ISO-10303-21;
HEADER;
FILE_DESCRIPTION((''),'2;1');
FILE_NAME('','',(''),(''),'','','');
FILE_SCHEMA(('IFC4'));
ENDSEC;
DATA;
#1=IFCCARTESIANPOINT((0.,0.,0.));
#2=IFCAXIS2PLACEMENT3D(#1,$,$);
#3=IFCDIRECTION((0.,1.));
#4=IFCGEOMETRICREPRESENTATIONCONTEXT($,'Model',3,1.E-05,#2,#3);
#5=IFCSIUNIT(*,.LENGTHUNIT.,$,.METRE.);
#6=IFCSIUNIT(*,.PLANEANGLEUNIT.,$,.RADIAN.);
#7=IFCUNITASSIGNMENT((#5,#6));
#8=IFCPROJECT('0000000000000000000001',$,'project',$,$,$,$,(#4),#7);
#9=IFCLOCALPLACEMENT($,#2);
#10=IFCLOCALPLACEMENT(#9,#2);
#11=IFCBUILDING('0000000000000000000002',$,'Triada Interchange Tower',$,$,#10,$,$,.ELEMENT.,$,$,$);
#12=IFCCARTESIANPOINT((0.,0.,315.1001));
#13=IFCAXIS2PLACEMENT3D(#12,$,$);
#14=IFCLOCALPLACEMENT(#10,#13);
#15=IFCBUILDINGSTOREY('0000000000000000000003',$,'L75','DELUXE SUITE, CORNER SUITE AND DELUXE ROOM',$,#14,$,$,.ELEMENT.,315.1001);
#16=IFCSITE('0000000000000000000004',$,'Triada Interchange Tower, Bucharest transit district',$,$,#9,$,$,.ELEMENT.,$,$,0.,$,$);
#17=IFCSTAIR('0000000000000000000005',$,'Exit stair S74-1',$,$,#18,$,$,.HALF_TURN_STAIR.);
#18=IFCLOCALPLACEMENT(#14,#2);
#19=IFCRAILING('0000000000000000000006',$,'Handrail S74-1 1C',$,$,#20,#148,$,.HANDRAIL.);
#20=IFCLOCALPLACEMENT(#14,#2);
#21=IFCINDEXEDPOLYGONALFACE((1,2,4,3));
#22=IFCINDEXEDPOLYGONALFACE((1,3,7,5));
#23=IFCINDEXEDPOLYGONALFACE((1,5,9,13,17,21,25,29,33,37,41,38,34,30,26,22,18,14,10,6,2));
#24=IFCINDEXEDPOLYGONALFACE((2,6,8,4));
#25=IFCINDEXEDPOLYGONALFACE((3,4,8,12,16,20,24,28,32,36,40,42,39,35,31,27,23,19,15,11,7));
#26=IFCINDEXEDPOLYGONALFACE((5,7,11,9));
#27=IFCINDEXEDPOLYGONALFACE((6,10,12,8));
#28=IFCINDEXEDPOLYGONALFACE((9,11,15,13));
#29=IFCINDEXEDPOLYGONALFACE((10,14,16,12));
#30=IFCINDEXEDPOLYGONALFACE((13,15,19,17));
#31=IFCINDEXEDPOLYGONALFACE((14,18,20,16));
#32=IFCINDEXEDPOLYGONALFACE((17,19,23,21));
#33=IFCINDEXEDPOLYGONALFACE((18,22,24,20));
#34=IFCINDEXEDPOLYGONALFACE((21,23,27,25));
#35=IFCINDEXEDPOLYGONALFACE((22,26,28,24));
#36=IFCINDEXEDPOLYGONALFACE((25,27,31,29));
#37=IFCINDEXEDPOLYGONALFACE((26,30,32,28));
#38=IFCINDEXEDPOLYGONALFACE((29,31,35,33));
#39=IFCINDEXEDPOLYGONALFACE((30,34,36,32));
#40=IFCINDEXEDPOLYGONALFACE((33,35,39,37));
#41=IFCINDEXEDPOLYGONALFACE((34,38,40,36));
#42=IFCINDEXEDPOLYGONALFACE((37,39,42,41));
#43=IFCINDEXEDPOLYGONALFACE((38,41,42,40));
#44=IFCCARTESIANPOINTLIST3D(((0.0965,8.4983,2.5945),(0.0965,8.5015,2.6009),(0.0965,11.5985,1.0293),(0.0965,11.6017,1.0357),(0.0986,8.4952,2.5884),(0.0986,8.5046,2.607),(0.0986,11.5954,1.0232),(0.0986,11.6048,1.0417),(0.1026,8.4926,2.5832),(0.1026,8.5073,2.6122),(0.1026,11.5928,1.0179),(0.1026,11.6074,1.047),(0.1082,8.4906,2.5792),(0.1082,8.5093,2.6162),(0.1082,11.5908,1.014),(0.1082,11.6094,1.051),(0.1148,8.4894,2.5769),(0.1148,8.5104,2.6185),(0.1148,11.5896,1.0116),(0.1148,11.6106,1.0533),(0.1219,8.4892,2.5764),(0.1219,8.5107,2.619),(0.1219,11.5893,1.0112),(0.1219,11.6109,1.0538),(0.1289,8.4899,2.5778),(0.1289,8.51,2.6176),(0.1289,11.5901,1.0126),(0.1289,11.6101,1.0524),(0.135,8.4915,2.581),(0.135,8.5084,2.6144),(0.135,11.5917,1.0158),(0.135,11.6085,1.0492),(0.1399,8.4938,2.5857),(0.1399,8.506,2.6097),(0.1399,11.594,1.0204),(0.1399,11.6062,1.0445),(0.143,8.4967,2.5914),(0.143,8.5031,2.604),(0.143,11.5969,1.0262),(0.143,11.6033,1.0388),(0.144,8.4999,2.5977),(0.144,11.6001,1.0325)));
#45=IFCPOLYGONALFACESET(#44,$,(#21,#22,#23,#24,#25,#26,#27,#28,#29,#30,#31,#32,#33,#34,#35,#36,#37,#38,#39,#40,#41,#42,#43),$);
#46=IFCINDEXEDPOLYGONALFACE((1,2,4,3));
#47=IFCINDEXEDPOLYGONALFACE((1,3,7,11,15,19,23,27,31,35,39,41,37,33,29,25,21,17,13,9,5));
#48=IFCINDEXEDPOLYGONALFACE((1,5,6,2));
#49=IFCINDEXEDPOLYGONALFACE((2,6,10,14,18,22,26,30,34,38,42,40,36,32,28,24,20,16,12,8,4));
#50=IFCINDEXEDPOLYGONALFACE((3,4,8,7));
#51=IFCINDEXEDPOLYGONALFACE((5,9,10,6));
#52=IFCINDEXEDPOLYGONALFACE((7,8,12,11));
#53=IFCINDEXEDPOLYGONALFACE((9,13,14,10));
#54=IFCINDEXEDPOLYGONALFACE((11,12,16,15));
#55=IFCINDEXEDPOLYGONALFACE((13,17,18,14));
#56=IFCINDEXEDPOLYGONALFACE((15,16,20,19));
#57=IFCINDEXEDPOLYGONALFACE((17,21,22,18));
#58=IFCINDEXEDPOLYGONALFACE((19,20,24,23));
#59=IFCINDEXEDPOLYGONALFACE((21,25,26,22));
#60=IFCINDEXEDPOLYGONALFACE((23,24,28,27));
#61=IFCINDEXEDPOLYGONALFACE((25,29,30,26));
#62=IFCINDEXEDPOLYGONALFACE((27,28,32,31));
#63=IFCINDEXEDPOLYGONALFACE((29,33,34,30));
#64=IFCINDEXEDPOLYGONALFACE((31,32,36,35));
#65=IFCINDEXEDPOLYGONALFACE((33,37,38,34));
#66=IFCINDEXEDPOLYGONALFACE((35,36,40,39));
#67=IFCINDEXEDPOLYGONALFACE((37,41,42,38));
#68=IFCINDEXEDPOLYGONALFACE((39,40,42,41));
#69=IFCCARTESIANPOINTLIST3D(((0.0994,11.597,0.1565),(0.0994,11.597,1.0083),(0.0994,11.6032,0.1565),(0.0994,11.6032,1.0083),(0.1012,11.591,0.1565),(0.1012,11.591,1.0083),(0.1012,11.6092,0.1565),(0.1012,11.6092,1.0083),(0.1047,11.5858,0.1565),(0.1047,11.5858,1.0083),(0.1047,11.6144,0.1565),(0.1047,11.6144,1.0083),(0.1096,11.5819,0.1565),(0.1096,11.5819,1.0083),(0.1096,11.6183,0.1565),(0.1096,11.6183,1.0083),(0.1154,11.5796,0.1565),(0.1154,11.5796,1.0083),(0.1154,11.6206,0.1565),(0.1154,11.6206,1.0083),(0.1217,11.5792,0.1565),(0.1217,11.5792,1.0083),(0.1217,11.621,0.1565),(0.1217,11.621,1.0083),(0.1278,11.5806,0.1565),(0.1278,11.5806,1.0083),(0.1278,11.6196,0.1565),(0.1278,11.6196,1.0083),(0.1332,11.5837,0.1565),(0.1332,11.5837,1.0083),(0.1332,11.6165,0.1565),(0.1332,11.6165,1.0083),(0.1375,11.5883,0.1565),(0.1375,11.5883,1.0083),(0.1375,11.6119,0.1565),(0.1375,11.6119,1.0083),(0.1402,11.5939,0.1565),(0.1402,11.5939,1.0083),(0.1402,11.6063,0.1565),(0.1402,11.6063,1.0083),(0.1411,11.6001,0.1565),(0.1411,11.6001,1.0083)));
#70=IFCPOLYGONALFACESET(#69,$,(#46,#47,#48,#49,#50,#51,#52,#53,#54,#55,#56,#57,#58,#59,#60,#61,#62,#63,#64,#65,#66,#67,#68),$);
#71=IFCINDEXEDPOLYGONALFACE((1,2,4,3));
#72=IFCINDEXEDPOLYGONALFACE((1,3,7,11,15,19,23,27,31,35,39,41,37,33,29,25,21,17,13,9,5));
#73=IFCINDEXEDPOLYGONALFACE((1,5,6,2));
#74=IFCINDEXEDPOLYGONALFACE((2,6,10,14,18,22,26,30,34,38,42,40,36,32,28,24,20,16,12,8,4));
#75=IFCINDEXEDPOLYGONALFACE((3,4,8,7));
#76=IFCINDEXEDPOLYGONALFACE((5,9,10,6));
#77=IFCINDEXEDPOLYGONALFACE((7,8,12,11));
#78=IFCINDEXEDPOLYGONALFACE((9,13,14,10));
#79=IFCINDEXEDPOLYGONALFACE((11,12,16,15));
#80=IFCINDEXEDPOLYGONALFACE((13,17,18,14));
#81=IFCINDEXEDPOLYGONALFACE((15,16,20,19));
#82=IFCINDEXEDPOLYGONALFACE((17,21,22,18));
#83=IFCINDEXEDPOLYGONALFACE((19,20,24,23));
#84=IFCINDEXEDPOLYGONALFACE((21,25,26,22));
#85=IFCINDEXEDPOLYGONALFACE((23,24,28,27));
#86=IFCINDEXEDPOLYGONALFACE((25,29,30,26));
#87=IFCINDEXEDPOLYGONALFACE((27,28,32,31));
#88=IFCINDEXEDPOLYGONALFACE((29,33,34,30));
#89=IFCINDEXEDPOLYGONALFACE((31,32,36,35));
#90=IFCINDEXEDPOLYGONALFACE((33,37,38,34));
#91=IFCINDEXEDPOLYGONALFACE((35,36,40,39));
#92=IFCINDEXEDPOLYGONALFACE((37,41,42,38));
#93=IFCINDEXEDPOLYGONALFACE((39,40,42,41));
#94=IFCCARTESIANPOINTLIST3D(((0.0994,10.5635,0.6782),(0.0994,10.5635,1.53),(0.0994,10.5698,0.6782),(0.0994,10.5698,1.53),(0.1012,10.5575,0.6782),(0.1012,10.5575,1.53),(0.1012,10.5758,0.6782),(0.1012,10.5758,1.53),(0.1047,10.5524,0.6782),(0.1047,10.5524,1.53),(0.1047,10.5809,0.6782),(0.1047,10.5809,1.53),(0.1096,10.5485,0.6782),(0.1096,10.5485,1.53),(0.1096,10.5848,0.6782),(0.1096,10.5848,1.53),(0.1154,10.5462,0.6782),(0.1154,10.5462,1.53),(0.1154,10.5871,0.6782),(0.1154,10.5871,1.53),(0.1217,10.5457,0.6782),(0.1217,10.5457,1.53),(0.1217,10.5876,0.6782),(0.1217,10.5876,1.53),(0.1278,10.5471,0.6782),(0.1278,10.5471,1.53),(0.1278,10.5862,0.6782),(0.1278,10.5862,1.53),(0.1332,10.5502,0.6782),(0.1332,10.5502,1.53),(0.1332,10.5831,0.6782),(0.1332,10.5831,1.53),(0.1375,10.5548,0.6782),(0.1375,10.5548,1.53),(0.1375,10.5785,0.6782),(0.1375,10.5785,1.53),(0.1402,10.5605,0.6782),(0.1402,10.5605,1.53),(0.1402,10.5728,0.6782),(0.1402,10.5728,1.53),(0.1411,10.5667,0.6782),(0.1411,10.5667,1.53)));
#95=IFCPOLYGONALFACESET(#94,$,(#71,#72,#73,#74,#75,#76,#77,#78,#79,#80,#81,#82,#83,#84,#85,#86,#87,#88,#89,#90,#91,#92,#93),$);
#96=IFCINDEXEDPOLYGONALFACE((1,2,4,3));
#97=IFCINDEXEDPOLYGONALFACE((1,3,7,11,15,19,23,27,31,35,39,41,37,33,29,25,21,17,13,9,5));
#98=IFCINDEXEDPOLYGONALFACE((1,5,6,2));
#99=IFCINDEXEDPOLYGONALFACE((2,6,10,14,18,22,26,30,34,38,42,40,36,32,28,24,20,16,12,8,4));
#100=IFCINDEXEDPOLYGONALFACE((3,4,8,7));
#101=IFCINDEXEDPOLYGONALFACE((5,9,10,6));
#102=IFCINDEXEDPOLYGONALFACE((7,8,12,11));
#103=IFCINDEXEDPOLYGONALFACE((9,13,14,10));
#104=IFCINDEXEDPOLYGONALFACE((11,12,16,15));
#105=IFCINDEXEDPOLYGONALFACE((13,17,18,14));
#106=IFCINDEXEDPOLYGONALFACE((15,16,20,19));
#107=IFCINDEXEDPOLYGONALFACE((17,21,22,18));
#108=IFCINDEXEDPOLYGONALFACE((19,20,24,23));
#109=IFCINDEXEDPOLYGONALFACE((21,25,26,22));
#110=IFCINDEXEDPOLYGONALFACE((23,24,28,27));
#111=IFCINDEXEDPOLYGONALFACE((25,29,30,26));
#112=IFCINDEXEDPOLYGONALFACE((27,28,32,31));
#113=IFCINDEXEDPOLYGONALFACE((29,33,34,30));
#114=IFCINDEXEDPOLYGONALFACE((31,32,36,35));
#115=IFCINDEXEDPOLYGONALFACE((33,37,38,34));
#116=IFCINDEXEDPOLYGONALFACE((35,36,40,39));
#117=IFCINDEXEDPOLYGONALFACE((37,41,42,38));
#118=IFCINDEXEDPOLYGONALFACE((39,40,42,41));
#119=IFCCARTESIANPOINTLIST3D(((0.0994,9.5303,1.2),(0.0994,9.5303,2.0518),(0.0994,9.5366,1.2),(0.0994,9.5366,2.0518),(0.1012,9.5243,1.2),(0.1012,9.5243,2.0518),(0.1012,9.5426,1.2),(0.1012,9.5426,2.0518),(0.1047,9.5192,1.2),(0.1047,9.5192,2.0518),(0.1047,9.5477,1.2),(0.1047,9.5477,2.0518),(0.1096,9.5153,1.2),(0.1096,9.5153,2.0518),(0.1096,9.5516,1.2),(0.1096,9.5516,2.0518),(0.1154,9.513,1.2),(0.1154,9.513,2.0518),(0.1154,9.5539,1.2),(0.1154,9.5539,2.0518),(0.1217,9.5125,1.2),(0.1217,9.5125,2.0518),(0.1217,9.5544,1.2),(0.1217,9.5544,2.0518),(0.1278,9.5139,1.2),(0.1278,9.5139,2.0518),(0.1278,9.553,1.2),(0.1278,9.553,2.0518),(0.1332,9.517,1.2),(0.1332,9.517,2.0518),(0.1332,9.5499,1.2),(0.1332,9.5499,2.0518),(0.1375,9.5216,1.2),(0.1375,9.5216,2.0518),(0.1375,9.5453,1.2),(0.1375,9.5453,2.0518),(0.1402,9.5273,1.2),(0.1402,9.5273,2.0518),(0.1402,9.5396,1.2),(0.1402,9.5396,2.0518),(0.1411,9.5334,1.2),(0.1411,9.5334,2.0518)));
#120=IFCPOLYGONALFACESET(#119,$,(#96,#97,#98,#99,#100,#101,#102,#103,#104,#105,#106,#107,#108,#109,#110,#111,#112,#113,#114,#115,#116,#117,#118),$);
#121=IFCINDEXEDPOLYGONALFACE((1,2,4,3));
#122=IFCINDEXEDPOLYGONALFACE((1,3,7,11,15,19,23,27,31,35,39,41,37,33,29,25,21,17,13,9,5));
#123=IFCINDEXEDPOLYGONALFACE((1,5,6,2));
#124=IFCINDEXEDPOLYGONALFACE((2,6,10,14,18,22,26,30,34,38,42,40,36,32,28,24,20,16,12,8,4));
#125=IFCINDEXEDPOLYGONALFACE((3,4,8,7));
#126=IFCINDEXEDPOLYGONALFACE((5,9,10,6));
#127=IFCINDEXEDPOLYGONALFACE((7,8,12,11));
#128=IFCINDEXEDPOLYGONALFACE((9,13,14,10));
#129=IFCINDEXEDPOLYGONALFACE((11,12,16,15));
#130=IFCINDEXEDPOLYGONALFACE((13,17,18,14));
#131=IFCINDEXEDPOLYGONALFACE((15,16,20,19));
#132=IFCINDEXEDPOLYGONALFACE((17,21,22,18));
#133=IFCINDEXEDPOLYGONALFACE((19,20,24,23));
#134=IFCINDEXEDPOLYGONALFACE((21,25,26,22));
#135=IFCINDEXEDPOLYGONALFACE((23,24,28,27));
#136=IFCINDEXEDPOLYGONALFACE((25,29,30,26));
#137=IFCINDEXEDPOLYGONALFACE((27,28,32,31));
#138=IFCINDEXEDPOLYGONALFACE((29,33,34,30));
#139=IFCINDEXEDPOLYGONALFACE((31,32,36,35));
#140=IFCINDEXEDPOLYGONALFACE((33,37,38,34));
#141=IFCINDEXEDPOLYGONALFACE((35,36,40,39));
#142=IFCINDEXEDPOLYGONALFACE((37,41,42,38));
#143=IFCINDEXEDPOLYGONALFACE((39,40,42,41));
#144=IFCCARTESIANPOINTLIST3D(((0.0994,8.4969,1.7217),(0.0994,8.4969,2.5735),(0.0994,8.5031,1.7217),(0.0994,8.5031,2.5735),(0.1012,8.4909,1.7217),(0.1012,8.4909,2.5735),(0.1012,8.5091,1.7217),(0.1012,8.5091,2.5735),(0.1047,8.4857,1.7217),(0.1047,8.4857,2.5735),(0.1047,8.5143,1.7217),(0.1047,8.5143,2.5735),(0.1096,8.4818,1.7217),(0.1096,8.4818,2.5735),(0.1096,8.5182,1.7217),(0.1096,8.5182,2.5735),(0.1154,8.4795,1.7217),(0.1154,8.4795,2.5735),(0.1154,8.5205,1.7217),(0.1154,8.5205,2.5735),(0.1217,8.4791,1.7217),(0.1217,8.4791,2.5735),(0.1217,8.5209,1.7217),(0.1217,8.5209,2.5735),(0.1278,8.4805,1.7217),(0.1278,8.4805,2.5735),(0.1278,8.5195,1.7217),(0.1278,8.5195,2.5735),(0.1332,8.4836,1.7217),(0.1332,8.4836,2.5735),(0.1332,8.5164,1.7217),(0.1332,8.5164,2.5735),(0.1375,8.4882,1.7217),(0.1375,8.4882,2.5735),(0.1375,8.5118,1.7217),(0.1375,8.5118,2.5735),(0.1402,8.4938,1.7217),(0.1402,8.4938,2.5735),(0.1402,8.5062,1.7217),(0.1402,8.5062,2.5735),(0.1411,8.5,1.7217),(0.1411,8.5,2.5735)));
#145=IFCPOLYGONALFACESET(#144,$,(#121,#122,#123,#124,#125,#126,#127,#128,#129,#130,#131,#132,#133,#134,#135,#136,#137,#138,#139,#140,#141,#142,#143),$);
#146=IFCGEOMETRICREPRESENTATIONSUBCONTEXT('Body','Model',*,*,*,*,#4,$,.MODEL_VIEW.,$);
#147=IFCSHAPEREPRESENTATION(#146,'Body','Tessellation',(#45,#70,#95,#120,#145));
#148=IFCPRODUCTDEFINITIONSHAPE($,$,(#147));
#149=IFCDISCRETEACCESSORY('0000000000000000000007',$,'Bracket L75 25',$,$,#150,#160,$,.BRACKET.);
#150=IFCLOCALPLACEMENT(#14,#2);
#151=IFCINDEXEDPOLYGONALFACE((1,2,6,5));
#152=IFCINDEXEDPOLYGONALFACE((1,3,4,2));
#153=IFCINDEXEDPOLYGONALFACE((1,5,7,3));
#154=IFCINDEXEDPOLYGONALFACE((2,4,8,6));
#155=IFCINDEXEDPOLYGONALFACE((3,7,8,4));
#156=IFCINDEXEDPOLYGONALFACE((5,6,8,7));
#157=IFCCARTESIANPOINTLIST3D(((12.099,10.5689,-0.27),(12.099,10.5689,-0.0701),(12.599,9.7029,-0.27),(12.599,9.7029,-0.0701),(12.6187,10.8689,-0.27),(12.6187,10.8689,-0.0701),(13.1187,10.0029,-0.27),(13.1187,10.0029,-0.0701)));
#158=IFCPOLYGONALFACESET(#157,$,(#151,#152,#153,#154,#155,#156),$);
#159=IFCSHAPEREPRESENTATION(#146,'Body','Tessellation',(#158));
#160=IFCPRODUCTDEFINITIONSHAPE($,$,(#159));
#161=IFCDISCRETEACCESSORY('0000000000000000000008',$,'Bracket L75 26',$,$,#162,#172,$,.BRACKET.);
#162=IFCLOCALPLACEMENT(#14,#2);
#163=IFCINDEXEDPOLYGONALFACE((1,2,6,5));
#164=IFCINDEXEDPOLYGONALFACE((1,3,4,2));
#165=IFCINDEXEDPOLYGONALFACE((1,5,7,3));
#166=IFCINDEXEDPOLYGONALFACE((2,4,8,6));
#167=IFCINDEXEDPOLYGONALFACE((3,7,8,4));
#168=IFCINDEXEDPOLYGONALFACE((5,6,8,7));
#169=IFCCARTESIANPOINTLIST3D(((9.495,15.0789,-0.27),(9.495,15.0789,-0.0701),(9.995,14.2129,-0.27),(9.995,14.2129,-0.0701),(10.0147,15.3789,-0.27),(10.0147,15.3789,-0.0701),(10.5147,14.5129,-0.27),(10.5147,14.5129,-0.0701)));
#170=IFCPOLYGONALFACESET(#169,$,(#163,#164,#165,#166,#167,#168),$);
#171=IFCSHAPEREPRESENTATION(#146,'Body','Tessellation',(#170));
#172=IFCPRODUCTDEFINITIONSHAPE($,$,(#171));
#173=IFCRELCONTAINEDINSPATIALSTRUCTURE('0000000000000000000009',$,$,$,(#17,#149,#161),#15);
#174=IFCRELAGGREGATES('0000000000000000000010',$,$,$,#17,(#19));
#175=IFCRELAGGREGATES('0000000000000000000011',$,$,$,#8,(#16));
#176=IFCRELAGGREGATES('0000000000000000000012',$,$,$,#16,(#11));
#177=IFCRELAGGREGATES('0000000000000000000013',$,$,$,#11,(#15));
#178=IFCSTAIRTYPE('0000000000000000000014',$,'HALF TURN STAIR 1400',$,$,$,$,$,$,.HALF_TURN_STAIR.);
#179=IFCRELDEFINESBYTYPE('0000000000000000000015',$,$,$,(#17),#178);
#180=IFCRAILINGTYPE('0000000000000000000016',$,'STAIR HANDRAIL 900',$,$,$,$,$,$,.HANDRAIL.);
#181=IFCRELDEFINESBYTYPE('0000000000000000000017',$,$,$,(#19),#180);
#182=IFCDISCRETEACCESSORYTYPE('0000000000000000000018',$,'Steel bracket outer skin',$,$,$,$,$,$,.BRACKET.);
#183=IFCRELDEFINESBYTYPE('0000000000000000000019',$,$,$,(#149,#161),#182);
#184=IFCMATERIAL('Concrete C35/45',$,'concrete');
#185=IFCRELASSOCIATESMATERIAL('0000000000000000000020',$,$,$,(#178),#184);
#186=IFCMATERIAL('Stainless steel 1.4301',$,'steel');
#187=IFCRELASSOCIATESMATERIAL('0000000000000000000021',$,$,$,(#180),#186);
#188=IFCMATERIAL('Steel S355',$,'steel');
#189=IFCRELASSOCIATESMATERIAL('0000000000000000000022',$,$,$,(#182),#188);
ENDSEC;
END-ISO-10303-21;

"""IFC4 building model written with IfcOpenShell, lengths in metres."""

from ifc_helpers import new_model, si_unit, direction, frame, origin, origin_2d, place, context, subcontext, project, spatial, rectangle, circle, extrude, material, type_object, element, aggregate, save


model = new_model("IFC4")

# Units and contexts
model_context = context("Model", 3, precision=1e-05, world=origin(), true_north=direction((0.0, 1.0)))
body_context = subcontext(model_context, "Body", "Model", "MODEL_VIEW")
ifc_project = project(units=[si_unit("LENGTHUNIT", "METRE"), si_unit("PLANEANGLEUNIT", "RADIAN")], contexts=[model_context])

# Site, building, storey
site_placement = place(None, origin())
site = spatial("IfcSite", under=ifc_project, at=site_placement, Name="Triada Interchange Tower, Bucharest transit district", CompositionType="ELEMENT", RefElevation=0.0)
building_placement = place(site_placement, origin())
building = spatial("IfcBuilding", under=site, at=building_placement, Name="Triada Interchange Tower", CompositionType="ELEMENT")
storey_placement = place(building_placement, frame((0.0, 0.0, 315.1001)))
storey = spatial("IfcBuildingStorey", under=building, at=storey_placement, Name="L75", Description="DELUXE SUITE, CORNER SUITE AND DELUXE ROOM", CompositionType="ELEMENT", Elevation=315.1001)

# Stair
ifc_material_1 = material(Name="Concrete C35/45", Category="concrete")
stair_type = type_object("IfcStairType", Name="HALF TURN STAIR 1400", PredefinedType="HALF_TURN_STAIR", material=ifc_material_1)
stair_placement = place(storey_placement, origin())
stair = element("IfcStair", 1, at=stair_placement, inside=storey, type_object=stair_type, Name="Exit stair S74-1", PredefinedType="HALF_TURN_STAIR")

# Railing
ifc_material_2 = material(Name="Stainless steel 1.4301", Category="steel")
railing_type = type_object("IfcRailingType", Name="STAIR HANDRAIL 900", PredefinedType="HANDRAIL", material=ifc_material_2)
railing_1_placement = place(storey_placement, frame((0.1201, 11.6001, 0.1565)))
railing_1 = element("IfcRailing", 2, at=railing_1_placement, type_object=railing_type, Name="Handrail S74-1 1C", PredefinedType="HANDRAIL", context=body_context, shape_type="SweptSolid", body=[
    extrude(circle(Radius=0.0239, at=origin_2d()), frame((0.0, 0.0, 0.876), z_axis=(0.0, -0.892677, 0.450697), x_axis=(1.0, 0.0, 0.0)), (0.0, 0.0, 1.0), 3.4729),
    extrude(circle(Radius=0.021, at=origin_2d()), origin(), (0.0, 0.0, 1.0), 0.8518),
    extrude(circle(Radius=0.021, at=origin_2d()), frame((0.0, -1.0334, 0.5217)), (0.0, 0.0, 1.0), 0.8518),
    extrude(circle(Radius=0.021, at=origin_2d()), frame((0.0, -2.0667, 1.0435)), (0.0, 0.0, 1.0), 0.8518),
    extrude(circle(Radius=0.021, at=origin_2d()), frame((0.0, -3.1001, 1.5652)), (0.0, 0.0, 1.0), 0.8518),
])
aggregate(stair, [railing_1])

# Discrete accessories
ifc_material_3 = material(Name="Steel S355", Category="steel")
discrete_accessory_type = type_object("IfcDiscreteAccessoryType", Name="Steel bracket outer skin", PredefinedType="BRACKET", material=ifc_material_3)
for number, where, z_axis, x_axis, name in (
    (3, (12.6089, 10.2859, -0.27), (0.0, 0.0, 1.0), (0.866025, 0.500001, 0.0), "Bracket L75 25"),
    (4, (10.0049, 14.7959, -0.27), (0.0, 0.0, 1.0), (0.866025, 0.500001, 0.0), "Bracket L75 26"),
):
    element("IfcDiscreteAccessory", number, at=place(storey_placement, frame(where, z_axis=z_axis, x_axis=x_axis)), inside=storey, type_object=discrete_accessory_type, Name=name, PredefinedType="BRACKET", context=body_context, shape_type="SweptSolid", body=[
        extrude(rectangle(XDim=0.6001, YDim=1.0, at=origin_2d()), origin(), (0.0, 0.0, 1.0), 0.2),
    ])

save(model, "model.ifc")
